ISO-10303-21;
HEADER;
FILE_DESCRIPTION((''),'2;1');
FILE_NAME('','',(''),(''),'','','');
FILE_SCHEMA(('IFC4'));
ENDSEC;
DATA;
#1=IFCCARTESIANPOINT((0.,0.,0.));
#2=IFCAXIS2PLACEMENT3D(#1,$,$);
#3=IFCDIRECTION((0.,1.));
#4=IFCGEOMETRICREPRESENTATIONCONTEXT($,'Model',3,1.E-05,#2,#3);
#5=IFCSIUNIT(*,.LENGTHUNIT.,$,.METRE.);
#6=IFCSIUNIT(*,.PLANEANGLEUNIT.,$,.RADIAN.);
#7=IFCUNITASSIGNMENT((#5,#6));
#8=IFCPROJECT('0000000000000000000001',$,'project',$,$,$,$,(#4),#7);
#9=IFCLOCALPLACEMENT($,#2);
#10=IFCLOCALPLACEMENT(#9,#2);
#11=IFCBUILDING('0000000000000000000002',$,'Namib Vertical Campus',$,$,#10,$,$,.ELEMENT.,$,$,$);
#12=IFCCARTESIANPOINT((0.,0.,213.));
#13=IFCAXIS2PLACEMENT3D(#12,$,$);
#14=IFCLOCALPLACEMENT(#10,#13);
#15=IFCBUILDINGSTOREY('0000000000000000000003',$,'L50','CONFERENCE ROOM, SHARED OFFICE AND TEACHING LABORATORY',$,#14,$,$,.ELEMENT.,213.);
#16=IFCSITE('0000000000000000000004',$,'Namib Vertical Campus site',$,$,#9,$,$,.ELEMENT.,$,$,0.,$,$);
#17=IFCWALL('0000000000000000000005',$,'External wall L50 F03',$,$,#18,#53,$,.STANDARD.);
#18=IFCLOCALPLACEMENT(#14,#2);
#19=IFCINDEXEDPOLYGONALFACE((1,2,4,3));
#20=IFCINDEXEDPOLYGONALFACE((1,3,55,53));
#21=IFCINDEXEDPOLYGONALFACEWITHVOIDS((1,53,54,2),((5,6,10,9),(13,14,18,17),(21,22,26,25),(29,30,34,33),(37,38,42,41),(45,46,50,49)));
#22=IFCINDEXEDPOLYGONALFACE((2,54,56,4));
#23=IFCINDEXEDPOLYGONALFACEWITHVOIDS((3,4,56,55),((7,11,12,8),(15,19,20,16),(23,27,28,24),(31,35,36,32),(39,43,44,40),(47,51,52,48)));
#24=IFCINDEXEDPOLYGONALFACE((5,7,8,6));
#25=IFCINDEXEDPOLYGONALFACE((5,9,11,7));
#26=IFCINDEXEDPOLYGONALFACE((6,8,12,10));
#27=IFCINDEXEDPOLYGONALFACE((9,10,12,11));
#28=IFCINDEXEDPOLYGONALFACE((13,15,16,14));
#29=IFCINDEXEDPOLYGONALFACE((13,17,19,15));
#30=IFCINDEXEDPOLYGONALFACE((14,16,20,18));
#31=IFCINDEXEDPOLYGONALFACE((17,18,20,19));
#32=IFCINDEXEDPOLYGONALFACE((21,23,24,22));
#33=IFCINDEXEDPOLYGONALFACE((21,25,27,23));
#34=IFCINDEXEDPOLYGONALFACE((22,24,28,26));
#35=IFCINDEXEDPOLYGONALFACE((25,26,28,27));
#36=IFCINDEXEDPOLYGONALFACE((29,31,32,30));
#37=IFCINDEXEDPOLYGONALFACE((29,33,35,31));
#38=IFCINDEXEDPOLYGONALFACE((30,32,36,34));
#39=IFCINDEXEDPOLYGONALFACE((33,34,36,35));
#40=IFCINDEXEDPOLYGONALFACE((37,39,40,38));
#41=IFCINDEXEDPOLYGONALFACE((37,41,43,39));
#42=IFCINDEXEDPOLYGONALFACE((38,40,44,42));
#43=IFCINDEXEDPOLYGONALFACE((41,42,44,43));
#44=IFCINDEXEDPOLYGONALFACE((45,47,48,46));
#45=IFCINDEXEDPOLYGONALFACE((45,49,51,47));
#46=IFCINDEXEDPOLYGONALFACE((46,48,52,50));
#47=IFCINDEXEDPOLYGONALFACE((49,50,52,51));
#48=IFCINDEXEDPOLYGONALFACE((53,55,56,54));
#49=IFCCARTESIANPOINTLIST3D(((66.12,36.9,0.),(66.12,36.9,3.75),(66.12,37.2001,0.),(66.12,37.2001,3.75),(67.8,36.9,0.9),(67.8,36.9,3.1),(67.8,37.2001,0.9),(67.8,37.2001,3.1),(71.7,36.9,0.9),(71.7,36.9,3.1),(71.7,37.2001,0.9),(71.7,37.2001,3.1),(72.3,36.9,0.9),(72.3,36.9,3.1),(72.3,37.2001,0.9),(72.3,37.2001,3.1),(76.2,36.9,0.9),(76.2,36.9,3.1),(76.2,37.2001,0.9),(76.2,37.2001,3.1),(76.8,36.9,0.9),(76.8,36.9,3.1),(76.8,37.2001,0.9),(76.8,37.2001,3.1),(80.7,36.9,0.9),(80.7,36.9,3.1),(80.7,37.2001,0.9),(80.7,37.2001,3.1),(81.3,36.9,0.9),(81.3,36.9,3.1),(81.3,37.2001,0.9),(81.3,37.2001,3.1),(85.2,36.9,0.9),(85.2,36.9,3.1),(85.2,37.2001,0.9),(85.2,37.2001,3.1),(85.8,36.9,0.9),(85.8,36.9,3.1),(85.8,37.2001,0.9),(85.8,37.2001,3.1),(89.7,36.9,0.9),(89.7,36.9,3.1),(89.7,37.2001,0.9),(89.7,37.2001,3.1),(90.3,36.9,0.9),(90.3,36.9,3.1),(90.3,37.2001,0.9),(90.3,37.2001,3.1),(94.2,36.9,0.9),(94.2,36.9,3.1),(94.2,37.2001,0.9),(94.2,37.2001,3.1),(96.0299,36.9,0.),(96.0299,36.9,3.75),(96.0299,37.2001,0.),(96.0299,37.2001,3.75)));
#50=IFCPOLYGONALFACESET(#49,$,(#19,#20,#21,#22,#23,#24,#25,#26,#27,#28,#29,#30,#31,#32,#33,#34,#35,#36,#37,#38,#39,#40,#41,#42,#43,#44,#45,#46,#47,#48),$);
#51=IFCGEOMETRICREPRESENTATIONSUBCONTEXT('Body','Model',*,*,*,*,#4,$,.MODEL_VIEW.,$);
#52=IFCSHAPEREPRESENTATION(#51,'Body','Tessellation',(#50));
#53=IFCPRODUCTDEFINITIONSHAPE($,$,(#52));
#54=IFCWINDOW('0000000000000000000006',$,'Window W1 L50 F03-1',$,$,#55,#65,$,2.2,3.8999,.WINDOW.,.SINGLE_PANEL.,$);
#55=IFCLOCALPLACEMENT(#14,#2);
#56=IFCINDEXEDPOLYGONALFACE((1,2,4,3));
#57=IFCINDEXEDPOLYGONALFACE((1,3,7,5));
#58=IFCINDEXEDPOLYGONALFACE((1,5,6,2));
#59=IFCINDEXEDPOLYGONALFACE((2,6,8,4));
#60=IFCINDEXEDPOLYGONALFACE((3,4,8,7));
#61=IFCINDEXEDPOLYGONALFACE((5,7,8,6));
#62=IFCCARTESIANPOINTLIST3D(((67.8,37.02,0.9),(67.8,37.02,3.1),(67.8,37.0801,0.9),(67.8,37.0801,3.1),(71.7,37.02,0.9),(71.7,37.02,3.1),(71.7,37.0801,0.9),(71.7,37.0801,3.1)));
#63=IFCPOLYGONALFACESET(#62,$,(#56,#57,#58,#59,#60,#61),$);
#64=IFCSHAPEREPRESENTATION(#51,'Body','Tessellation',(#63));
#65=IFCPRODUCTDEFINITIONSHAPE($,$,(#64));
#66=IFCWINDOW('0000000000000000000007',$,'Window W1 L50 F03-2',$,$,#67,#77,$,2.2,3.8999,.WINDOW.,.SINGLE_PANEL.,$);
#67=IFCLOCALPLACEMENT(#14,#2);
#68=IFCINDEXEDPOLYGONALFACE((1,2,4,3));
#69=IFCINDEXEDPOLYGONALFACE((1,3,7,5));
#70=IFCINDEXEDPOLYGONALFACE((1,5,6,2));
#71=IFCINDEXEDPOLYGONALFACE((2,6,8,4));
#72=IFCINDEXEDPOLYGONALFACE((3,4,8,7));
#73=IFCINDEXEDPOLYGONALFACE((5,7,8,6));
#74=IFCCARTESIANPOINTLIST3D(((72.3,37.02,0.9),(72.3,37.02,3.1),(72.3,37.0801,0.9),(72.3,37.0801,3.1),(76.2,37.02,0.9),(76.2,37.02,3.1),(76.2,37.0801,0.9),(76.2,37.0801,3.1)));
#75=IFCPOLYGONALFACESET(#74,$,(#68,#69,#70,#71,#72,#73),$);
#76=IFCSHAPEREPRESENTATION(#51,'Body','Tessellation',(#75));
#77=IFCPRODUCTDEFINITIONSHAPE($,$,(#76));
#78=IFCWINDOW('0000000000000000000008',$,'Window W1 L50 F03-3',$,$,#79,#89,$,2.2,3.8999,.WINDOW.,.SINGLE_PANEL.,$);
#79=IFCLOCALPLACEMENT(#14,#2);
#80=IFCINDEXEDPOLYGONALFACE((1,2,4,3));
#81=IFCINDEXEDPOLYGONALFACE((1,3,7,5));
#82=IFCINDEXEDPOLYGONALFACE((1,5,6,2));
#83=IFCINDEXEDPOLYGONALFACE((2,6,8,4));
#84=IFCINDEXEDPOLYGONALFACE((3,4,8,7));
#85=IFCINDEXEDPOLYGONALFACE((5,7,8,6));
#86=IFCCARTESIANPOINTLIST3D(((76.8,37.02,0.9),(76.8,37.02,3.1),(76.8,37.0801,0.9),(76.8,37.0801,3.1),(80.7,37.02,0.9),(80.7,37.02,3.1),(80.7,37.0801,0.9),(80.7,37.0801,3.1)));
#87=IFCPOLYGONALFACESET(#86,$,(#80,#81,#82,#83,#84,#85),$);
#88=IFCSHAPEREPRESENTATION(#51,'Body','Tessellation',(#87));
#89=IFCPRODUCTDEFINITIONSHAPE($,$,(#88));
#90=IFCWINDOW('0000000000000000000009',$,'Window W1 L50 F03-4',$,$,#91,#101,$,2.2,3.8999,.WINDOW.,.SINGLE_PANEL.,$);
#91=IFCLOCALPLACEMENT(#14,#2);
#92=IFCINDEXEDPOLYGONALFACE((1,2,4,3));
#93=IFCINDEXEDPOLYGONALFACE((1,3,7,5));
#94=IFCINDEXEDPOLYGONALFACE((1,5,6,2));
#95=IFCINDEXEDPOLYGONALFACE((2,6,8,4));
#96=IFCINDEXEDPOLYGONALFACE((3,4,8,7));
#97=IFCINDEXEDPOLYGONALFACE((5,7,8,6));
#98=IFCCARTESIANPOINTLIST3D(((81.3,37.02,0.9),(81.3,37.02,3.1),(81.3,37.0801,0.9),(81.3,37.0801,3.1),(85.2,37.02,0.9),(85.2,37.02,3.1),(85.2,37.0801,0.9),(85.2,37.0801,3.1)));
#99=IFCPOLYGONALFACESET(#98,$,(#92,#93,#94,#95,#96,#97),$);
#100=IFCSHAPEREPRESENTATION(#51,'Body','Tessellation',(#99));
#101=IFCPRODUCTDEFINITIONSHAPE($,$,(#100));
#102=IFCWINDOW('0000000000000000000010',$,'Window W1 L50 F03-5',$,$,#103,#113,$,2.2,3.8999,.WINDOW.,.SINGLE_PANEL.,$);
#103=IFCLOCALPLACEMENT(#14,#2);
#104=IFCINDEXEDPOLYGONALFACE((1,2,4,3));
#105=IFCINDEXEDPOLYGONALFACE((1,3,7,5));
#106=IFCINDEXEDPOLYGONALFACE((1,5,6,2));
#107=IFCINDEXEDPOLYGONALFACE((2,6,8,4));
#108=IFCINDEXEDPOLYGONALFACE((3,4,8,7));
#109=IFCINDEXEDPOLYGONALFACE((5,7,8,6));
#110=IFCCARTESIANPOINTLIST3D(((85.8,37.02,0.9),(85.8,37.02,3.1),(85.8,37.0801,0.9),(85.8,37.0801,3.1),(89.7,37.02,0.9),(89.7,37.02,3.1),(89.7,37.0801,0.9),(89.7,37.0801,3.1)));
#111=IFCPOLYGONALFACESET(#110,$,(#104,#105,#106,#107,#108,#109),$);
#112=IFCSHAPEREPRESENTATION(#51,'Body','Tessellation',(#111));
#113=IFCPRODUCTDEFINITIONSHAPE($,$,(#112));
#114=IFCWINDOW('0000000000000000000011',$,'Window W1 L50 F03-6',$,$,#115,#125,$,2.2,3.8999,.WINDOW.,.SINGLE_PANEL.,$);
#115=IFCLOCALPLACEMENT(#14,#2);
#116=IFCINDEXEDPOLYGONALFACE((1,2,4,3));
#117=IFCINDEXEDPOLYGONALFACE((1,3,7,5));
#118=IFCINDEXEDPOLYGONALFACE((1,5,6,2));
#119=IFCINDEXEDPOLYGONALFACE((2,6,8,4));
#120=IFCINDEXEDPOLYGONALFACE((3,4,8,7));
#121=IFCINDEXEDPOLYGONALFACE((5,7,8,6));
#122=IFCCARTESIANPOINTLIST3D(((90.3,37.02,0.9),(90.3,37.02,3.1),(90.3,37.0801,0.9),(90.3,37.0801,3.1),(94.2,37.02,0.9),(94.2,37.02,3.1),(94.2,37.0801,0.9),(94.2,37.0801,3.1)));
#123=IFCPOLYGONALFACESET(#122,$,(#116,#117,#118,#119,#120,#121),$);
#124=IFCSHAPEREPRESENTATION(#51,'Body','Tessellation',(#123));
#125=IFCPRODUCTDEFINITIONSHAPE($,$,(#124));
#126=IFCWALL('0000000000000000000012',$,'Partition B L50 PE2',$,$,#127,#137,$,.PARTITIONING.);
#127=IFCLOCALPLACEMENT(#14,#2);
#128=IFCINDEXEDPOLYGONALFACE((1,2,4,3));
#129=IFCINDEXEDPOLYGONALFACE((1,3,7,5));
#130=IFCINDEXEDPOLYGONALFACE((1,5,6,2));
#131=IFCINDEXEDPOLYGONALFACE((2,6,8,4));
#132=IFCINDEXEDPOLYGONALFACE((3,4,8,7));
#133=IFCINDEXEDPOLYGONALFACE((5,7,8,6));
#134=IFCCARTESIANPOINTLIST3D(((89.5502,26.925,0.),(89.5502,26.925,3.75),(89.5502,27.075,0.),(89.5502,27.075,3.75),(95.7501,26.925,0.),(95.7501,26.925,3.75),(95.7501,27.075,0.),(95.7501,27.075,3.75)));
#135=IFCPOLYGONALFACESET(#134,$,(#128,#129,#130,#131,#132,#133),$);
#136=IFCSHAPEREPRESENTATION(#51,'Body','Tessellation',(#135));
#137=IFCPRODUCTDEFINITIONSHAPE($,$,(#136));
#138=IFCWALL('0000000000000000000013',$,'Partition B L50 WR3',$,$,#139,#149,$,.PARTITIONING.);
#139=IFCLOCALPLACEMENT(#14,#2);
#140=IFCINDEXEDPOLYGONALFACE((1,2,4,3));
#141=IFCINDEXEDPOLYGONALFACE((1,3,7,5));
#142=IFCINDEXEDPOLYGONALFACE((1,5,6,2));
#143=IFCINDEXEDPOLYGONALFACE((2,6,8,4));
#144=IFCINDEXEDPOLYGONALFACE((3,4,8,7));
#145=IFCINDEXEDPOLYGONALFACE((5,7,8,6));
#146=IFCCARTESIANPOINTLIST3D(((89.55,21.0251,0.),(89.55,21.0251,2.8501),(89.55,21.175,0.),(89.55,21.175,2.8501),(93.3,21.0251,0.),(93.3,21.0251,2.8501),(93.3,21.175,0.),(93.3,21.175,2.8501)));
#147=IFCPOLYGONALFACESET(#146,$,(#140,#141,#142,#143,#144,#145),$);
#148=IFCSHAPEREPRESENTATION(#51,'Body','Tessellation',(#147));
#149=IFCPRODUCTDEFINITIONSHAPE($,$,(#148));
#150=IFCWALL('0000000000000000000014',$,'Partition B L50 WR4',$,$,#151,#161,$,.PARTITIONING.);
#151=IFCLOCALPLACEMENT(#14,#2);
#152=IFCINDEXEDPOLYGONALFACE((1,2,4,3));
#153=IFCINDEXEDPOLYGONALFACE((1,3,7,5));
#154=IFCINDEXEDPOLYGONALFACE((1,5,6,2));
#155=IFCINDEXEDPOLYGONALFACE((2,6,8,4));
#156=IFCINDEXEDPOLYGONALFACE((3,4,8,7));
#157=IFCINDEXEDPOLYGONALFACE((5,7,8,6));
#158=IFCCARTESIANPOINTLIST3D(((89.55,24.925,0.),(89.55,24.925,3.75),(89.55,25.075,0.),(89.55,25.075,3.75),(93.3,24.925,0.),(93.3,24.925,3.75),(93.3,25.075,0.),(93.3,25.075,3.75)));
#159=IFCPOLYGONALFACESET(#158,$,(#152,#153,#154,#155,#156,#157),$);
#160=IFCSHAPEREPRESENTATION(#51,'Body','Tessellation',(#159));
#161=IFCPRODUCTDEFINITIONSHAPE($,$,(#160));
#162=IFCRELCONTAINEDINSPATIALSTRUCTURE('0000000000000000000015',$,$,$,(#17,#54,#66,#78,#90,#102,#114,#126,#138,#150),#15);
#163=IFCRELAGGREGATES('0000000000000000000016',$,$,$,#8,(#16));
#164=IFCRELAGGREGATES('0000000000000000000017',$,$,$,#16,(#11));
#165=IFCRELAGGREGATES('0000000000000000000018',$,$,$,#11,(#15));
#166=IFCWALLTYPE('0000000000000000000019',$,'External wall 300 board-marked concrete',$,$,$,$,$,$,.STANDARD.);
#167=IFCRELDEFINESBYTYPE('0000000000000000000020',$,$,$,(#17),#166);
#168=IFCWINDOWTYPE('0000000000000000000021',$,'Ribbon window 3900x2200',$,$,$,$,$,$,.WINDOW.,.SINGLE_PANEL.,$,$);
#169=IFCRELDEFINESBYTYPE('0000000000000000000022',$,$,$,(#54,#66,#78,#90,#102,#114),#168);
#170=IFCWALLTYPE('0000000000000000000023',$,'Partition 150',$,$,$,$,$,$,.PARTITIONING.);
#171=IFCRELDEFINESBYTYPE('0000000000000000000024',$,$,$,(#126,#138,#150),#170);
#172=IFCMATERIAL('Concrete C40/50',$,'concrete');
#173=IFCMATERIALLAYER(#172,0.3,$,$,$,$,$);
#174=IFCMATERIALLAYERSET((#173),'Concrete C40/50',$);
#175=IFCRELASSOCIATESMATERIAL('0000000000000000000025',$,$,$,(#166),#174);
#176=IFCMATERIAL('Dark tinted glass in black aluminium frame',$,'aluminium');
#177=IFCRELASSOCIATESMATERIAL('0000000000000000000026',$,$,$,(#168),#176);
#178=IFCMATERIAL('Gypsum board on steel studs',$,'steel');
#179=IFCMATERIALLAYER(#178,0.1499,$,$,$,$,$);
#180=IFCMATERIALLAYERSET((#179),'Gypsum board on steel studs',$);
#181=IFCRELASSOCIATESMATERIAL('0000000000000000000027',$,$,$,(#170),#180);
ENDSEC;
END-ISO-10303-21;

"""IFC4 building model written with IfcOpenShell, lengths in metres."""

from ifc_helpers import new_model, si_unit, direction, frame, frame_2d, origin, place, context, subcontext, project, spatial, rectangle, extrude, material, layer, layer_set, type_object, element, fill, save


model = new_model("IFC4")

# Units and contexts
model_context = context("Model", 3, precision=1e-05, world=origin(), true_north=direction((0.0, 1.0)))
body_context = subcontext(model_context, "Body", "Model", "MODEL_VIEW")
ifc_project = project(units=[si_unit("LENGTHUNIT", "METRE"), si_unit("PLANEANGLEUNIT", "RADIAN")], contexts=[model_context])

# Site, building, storey
site_placement = place(None, origin())
site = spatial("IfcSite", under=ifc_project, at=site_placement, Name="Namib Vertical Campus site", CompositionType="ELEMENT", RefElevation=0.0)
building_placement = place(site_placement, origin())
building = spatial("IfcBuilding", under=site, at=building_placement, Name="Namib Vertical Campus", CompositionType="ELEMENT")
storey_placement = place(building_placement, frame((0.0, 0.0, 213.0)))
storey = spatial("IfcBuildingStorey", under=building, at=storey_placement, Name="L50", Description="CONFERENCE ROOM, SHARED OFFICE AND TEACHING LABORATORY", CompositionType="ELEMENT", Elevation=213.0)

# Wall, openings, windows
ifc_material_1 = material(Name="Concrete C40/50", Category="concrete")
ifc_layer_1 = layer(ifc_material_1, 0.3)
ifc_layer_set_1 = layer_set([ifc_layer_1], Name="Concrete C40/50")
wall_type_1 = type_object("IfcWallType", Name="External wall 300 board-marked concrete", PredefinedType="STANDARD", material=ifc_layer_set_1)
wall_1_placement = place(storey_placement, frame((96.03, 37.05, 0.0), z_axis=(0.0, 0.0, 1.0), x_axis=(-1.0, 0.0, 0.0)))
wall_1 = element("IfcWall", 1, at=wall_1_placement, inside=storey, type_object=wall_type_1, Name="External wall L50 F03", PredefinedType="STANDARD", context=body_context, shape_type="SweptSolid", body=[
    extrude(rectangle(XDim=29.9099, YDim=0.3, at=frame_2d((14.9551, 0.0))), origin(), (0.0, 0.0, 1.0), 3.75),
])
opening_1_placement = place(wall_1_placement, frame((24.3301, 0.0, 0.8999)))
opening_1 = element("IfcOpeningElement", 2, at=opening_1_placement, cuts=wall_1, PredefinedType="OPENING", context=body_context, shape_type="SweptSolid", body=[
    extrude(rectangle(XDim=3.8999, YDim=2.2, at=frame_2d((1.95, 1.1001))), frame((0.0, 0.1599, 0.0), z_axis=(0.0, -1.0, 0.0), x_axis=(1.0, 0.0, 0.0)), (0.0, 0.0, 1.0), 0.3201),
])
opening_2_placement = place(wall_1_placement, frame((19.8301, 0.0, 0.8999)))
opening_2 = element("IfcOpeningElement", 3, at=opening_2_placement, cuts=wall_1, PredefinedType="OPENING", context=body_context, shape_type="SweptSolid", body=[
    extrude(rectangle(XDim=3.8999, YDim=2.2, at=frame_2d((1.95, 1.1001))), frame((0.0, 0.1599, 0.0), z_axis=(0.0, -1.0, 0.0), x_axis=(1.0, 0.0, 0.0)), (0.0, 0.0, 1.0), 0.3201),
])
opening_3_placement = place(wall_1_placement, frame((15.3301, 0.0, 0.8999)))
opening_3 = element("IfcOpeningElement", 4, at=opening_3_placement, cuts=wall_1, PredefinedType="OPENING", context=body_context, shape_type="SweptSolid", body=[
    extrude(rectangle(XDim=3.8999, YDim=2.2, at=frame_2d((1.95, 1.1001))), frame((0.0, 0.1599, 0.0), z_axis=(0.0, -1.0, 0.0), x_axis=(1.0, 0.0, 0.0)), (0.0, 0.0, 1.0), 0.3201),
])
opening_4_placement = place(wall_1_placement, frame((10.8301, 0.0, 0.8999)))
opening_4 = element("IfcOpeningElement", 5, at=opening_4_placement, cuts=wall_1, PredefinedType="OPENING", context=body_context, shape_type="SweptSolid", body=[
    extrude(rectangle(XDim=3.8999, YDim=2.2, at=frame_2d((1.95, 1.1001))), frame((0.0, 0.1599, 0.0), z_axis=(0.0, -1.0, 0.0), x_axis=(1.0, 0.0, 0.0)), (0.0, 0.0, 1.0), 0.3201),
])
opening_5_placement = place(wall_1_placement, frame((6.3301, 0.0, 0.8999)))
opening_5 = element("IfcOpeningElement", 6, at=opening_5_placement, cuts=wall_1, PredefinedType="OPENING", context=body_context, shape_type="SweptSolid", body=[
    extrude(rectangle(XDim=3.8999, YDim=2.2, at=frame_2d((1.95, 1.1001))), frame((0.0, 0.1599, 0.0), z_axis=(0.0, -1.0, 0.0), x_axis=(1.0, 0.0, 0.0)), (0.0, 0.0, 1.0), 0.3201),
])
opening_6_placement = place(wall_1_placement, frame((1.8301, 0.0, 0.8999)))
opening_6 = element("IfcOpeningElement", 7, at=opening_6_placement, cuts=wall_1, PredefinedType="OPENING", context=body_context, shape_type="SweptSolid", body=[
    extrude(rectangle(XDim=3.8999, YDim=2.2, at=frame_2d((1.95, 1.1001))), frame((0.0, 0.1599, 0.0), z_axis=(0.0, -1.0, 0.0), x_axis=(1.0, 0.0, 0.0)), (0.0, 0.0, 1.0), 0.3201),
])
ifc_material_2 = material(Name="Dark tinted glass in black aluminium frame", Category="aluminium")
window_type = type_object("IfcWindowType", Name="Ribbon window 3900x2200", PartitioningType="SINGLE_PANEL", PredefinedType="WINDOW", material=ifc_material_2)
window_1_placement = place(opening_1_placement, origin())
window_1 = element("IfcWindow", 8, at=window_1_placement, inside=storey, type_object=window_type, Name="Window W1 L50 F03-1", OverallHeight=2.2, OverallWidth=3.8999, PartitioningType="SINGLE_PANEL", PredefinedType="WINDOW", context=body_context, shape_type="SweptSolid", body=[
    extrude(rectangle(XDim=3.8999, YDim=2.2, at=frame_2d((1.95, 1.1001))), frame((0.0, 0.03, 0.0), z_axis=(0.0, -1.0, 0.0), x_axis=(1.0, 0.0, 0.0)), (0.0, 0.0, 1.0), 0.0601),
])
fill(opening_1, window_1)
window_2_placement = place(opening_2_placement, origin())
window_2 = element("IfcWindow", 9, at=window_2_placement, inside=storey, type_object=window_type, Name="Window W1 L50 F03-2", OverallHeight=2.2, OverallWidth=3.8999, PartitioningType="SINGLE_PANEL", PredefinedType="WINDOW", context=body_context, shape_type="SweptSolid", body=[
    extrude(rectangle(XDim=3.8999, YDim=2.2, at=frame_2d((1.95, 1.1001))), frame((0.0, 0.03, 0.0), z_axis=(0.0, -1.0, 0.0), x_axis=(1.0, 0.0, 0.0)), (0.0, 0.0, 1.0), 0.0601),
])
fill(opening_2, window_2)
window_3_placement = place(opening_3_placement, origin())
window_3 = element("IfcWindow", 10, at=window_3_placement, inside=storey, type_object=window_type, Name="Window W1 L50 F03-3", OverallHeight=2.2, OverallWidth=3.8999, PartitioningType="SINGLE_PANEL", PredefinedType="WINDOW", context=body_context, shape_type="SweptSolid", body=[
    extrude(rectangle(XDim=3.8999, YDim=2.2, at=frame_2d((1.95, 1.1001))), frame((0.0, 0.03, 0.0), z_axis=(0.0, -1.0, 0.0), x_axis=(1.0, 0.0, 0.0)), (0.0, 0.0, 1.0), 0.0601),
])
fill(opening_3, window_3)
window_4_placement = place(opening_4_placement, origin())
window_4 = element("IfcWindow", 11, at=window_4_placement, inside=storey, type_object=window_type, Name="Window W1 L50 F03-4", OverallHeight=2.2, OverallWidth=3.8999, PartitioningType="SINGLE_PANEL", PredefinedType="WINDOW", context=body_context, shape_type="SweptSolid", body=[
    extrude(rectangle(XDim=3.8999, YDim=2.2, at=frame_2d((1.95, 1.1001))), frame((0.0, 0.03, 0.0), z_axis=(0.0, -1.0, 0.0), x_axis=(1.0, 0.0, 0.0)), (0.0, 0.0, 1.0), 0.0601),
])
fill(opening_4, window_4)
window_5_placement = place(opening_5_placement, origin())
window_5 = element("IfcWindow", 12, at=window_5_placement, inside=storey, type_object=window_type, Name="Window W1 L50 F03-5", OverallHeight=2.2, OverallWidth=3.8999, PartitioningType="SINGLE_PANEL", PredefinedType="WINDOW", context=body_context, shape_type="SweptSolid", body=[
    extrude(rectangle(XDim=3.8999, YDim=2.2, at=frame_2d((1.95, 1.1001))), frame((0.0, 0.03, 0.0), z_axis=(0.0, -1.0, 0.0), x_axis=(1.0, 0.0, 0.0)), (0.0, 0.0, 1.0), 0.0601),
])
fill(opening_5, window_5)
window_6_placement = place(opening_6_placement, origin())
window_6 = element("IfcWindow", 13, at=window_6_placement, inside=storey, type_object=window_type, Name="Window W1 L50 F03-6", OverallHeight=2.2, OverallWidth=3.8999, PartitioningType="SINGLE_PANEL", PredefinedType="WINDOW", context=body_context, shape_type="SweptSolid", body=[
    extrude(rectangle(XDim=3.8999, YDim=2.2, at=frame_2d((1.95, 1.1001))), frame((0.0, 0.03, 0.0), z_axis=(0.0, -1.0, 0.0), x_axis=(1.0, 0.0, 0.0)), (0.0, 0.0, 1.0), 0.0601),
])
fill(opening_6, window_6)

# Walls
ifc_material_3 = material(Name="Gypsum board on steel studs", Category="steel")
ifc_layer_2 = layer(ifc_material_3, 0.1499)
ifc_layer_set_2 = layer_set([ifc_layer_2], Name="Gypsum board on steel studs")
wall_type_2 = type_object("IfcWallType", Name="Partition 150", PredefinedType="PARTITIONING", material=ifc_layer_set_2)
wall_2_placement = place(storey_placement, frame((89.55, 27.0, 0.0), z_axis=(0.0, 0.0, 1.0), x_axis=(1.0, 0.0, 0.0)))
element("IfcWall", 14, at=wall_2_placement, inside=storey, type_object=wall_type_2, Name="Partition B L50 PE2", PredefinedType="PARTITIONING", context=body_context, shape_type="SweptSolid", body=[
    extrude(rectangle(XDim=6.2, YDim=0.1499, at=frame_2d((3.1001, 0.0))), origin(), (0.0, 0.0, 1.0), 3.75),
])
wall_3_placement = place(storey_placement, frame((89.55, 21.1001, 0.0), z_axis=(0.0, 0.0, 1.0), x_axis=(1.0, 0.0, 0.0)))
element("IfcWall", 15, at=wall_3_placement, inside=storey, type_object=wall_type_2, Name="Partition B L50 WR3", PredefinedType="PARTITIONING", context=body_context, shape_type="SweptSolid", body=[
    extrude(rectangle(XDim=3.75, YDim=0.1499, at=frame_2d((1.875, 0.0))), origin(), (0.0, 0.0, 1.0), 2.8501),
])
wall_4_placement = place(storey_placement, frame((89.55, 25.0, 0.0), z_axis=(0.0, 0.0, 1.0), x_axis=(1.0, 0.0, 0.0)))
element("IfcWall", 16, at=wall_4_placement, inside=storey, type_object=wall_type_2, Name="Partition B L50 WR4", PredefinedType="PARTITIONING", context=body_context, shape_type="SweptSolid", body=[
    extrude(rectangle(XDim=3.75, YDim=0.1499, at=frame_2d((1.875, 0.0))), origin(), (0.0, 0.0, 1.0), 3.75),
])

save(model, "model.ifc")
